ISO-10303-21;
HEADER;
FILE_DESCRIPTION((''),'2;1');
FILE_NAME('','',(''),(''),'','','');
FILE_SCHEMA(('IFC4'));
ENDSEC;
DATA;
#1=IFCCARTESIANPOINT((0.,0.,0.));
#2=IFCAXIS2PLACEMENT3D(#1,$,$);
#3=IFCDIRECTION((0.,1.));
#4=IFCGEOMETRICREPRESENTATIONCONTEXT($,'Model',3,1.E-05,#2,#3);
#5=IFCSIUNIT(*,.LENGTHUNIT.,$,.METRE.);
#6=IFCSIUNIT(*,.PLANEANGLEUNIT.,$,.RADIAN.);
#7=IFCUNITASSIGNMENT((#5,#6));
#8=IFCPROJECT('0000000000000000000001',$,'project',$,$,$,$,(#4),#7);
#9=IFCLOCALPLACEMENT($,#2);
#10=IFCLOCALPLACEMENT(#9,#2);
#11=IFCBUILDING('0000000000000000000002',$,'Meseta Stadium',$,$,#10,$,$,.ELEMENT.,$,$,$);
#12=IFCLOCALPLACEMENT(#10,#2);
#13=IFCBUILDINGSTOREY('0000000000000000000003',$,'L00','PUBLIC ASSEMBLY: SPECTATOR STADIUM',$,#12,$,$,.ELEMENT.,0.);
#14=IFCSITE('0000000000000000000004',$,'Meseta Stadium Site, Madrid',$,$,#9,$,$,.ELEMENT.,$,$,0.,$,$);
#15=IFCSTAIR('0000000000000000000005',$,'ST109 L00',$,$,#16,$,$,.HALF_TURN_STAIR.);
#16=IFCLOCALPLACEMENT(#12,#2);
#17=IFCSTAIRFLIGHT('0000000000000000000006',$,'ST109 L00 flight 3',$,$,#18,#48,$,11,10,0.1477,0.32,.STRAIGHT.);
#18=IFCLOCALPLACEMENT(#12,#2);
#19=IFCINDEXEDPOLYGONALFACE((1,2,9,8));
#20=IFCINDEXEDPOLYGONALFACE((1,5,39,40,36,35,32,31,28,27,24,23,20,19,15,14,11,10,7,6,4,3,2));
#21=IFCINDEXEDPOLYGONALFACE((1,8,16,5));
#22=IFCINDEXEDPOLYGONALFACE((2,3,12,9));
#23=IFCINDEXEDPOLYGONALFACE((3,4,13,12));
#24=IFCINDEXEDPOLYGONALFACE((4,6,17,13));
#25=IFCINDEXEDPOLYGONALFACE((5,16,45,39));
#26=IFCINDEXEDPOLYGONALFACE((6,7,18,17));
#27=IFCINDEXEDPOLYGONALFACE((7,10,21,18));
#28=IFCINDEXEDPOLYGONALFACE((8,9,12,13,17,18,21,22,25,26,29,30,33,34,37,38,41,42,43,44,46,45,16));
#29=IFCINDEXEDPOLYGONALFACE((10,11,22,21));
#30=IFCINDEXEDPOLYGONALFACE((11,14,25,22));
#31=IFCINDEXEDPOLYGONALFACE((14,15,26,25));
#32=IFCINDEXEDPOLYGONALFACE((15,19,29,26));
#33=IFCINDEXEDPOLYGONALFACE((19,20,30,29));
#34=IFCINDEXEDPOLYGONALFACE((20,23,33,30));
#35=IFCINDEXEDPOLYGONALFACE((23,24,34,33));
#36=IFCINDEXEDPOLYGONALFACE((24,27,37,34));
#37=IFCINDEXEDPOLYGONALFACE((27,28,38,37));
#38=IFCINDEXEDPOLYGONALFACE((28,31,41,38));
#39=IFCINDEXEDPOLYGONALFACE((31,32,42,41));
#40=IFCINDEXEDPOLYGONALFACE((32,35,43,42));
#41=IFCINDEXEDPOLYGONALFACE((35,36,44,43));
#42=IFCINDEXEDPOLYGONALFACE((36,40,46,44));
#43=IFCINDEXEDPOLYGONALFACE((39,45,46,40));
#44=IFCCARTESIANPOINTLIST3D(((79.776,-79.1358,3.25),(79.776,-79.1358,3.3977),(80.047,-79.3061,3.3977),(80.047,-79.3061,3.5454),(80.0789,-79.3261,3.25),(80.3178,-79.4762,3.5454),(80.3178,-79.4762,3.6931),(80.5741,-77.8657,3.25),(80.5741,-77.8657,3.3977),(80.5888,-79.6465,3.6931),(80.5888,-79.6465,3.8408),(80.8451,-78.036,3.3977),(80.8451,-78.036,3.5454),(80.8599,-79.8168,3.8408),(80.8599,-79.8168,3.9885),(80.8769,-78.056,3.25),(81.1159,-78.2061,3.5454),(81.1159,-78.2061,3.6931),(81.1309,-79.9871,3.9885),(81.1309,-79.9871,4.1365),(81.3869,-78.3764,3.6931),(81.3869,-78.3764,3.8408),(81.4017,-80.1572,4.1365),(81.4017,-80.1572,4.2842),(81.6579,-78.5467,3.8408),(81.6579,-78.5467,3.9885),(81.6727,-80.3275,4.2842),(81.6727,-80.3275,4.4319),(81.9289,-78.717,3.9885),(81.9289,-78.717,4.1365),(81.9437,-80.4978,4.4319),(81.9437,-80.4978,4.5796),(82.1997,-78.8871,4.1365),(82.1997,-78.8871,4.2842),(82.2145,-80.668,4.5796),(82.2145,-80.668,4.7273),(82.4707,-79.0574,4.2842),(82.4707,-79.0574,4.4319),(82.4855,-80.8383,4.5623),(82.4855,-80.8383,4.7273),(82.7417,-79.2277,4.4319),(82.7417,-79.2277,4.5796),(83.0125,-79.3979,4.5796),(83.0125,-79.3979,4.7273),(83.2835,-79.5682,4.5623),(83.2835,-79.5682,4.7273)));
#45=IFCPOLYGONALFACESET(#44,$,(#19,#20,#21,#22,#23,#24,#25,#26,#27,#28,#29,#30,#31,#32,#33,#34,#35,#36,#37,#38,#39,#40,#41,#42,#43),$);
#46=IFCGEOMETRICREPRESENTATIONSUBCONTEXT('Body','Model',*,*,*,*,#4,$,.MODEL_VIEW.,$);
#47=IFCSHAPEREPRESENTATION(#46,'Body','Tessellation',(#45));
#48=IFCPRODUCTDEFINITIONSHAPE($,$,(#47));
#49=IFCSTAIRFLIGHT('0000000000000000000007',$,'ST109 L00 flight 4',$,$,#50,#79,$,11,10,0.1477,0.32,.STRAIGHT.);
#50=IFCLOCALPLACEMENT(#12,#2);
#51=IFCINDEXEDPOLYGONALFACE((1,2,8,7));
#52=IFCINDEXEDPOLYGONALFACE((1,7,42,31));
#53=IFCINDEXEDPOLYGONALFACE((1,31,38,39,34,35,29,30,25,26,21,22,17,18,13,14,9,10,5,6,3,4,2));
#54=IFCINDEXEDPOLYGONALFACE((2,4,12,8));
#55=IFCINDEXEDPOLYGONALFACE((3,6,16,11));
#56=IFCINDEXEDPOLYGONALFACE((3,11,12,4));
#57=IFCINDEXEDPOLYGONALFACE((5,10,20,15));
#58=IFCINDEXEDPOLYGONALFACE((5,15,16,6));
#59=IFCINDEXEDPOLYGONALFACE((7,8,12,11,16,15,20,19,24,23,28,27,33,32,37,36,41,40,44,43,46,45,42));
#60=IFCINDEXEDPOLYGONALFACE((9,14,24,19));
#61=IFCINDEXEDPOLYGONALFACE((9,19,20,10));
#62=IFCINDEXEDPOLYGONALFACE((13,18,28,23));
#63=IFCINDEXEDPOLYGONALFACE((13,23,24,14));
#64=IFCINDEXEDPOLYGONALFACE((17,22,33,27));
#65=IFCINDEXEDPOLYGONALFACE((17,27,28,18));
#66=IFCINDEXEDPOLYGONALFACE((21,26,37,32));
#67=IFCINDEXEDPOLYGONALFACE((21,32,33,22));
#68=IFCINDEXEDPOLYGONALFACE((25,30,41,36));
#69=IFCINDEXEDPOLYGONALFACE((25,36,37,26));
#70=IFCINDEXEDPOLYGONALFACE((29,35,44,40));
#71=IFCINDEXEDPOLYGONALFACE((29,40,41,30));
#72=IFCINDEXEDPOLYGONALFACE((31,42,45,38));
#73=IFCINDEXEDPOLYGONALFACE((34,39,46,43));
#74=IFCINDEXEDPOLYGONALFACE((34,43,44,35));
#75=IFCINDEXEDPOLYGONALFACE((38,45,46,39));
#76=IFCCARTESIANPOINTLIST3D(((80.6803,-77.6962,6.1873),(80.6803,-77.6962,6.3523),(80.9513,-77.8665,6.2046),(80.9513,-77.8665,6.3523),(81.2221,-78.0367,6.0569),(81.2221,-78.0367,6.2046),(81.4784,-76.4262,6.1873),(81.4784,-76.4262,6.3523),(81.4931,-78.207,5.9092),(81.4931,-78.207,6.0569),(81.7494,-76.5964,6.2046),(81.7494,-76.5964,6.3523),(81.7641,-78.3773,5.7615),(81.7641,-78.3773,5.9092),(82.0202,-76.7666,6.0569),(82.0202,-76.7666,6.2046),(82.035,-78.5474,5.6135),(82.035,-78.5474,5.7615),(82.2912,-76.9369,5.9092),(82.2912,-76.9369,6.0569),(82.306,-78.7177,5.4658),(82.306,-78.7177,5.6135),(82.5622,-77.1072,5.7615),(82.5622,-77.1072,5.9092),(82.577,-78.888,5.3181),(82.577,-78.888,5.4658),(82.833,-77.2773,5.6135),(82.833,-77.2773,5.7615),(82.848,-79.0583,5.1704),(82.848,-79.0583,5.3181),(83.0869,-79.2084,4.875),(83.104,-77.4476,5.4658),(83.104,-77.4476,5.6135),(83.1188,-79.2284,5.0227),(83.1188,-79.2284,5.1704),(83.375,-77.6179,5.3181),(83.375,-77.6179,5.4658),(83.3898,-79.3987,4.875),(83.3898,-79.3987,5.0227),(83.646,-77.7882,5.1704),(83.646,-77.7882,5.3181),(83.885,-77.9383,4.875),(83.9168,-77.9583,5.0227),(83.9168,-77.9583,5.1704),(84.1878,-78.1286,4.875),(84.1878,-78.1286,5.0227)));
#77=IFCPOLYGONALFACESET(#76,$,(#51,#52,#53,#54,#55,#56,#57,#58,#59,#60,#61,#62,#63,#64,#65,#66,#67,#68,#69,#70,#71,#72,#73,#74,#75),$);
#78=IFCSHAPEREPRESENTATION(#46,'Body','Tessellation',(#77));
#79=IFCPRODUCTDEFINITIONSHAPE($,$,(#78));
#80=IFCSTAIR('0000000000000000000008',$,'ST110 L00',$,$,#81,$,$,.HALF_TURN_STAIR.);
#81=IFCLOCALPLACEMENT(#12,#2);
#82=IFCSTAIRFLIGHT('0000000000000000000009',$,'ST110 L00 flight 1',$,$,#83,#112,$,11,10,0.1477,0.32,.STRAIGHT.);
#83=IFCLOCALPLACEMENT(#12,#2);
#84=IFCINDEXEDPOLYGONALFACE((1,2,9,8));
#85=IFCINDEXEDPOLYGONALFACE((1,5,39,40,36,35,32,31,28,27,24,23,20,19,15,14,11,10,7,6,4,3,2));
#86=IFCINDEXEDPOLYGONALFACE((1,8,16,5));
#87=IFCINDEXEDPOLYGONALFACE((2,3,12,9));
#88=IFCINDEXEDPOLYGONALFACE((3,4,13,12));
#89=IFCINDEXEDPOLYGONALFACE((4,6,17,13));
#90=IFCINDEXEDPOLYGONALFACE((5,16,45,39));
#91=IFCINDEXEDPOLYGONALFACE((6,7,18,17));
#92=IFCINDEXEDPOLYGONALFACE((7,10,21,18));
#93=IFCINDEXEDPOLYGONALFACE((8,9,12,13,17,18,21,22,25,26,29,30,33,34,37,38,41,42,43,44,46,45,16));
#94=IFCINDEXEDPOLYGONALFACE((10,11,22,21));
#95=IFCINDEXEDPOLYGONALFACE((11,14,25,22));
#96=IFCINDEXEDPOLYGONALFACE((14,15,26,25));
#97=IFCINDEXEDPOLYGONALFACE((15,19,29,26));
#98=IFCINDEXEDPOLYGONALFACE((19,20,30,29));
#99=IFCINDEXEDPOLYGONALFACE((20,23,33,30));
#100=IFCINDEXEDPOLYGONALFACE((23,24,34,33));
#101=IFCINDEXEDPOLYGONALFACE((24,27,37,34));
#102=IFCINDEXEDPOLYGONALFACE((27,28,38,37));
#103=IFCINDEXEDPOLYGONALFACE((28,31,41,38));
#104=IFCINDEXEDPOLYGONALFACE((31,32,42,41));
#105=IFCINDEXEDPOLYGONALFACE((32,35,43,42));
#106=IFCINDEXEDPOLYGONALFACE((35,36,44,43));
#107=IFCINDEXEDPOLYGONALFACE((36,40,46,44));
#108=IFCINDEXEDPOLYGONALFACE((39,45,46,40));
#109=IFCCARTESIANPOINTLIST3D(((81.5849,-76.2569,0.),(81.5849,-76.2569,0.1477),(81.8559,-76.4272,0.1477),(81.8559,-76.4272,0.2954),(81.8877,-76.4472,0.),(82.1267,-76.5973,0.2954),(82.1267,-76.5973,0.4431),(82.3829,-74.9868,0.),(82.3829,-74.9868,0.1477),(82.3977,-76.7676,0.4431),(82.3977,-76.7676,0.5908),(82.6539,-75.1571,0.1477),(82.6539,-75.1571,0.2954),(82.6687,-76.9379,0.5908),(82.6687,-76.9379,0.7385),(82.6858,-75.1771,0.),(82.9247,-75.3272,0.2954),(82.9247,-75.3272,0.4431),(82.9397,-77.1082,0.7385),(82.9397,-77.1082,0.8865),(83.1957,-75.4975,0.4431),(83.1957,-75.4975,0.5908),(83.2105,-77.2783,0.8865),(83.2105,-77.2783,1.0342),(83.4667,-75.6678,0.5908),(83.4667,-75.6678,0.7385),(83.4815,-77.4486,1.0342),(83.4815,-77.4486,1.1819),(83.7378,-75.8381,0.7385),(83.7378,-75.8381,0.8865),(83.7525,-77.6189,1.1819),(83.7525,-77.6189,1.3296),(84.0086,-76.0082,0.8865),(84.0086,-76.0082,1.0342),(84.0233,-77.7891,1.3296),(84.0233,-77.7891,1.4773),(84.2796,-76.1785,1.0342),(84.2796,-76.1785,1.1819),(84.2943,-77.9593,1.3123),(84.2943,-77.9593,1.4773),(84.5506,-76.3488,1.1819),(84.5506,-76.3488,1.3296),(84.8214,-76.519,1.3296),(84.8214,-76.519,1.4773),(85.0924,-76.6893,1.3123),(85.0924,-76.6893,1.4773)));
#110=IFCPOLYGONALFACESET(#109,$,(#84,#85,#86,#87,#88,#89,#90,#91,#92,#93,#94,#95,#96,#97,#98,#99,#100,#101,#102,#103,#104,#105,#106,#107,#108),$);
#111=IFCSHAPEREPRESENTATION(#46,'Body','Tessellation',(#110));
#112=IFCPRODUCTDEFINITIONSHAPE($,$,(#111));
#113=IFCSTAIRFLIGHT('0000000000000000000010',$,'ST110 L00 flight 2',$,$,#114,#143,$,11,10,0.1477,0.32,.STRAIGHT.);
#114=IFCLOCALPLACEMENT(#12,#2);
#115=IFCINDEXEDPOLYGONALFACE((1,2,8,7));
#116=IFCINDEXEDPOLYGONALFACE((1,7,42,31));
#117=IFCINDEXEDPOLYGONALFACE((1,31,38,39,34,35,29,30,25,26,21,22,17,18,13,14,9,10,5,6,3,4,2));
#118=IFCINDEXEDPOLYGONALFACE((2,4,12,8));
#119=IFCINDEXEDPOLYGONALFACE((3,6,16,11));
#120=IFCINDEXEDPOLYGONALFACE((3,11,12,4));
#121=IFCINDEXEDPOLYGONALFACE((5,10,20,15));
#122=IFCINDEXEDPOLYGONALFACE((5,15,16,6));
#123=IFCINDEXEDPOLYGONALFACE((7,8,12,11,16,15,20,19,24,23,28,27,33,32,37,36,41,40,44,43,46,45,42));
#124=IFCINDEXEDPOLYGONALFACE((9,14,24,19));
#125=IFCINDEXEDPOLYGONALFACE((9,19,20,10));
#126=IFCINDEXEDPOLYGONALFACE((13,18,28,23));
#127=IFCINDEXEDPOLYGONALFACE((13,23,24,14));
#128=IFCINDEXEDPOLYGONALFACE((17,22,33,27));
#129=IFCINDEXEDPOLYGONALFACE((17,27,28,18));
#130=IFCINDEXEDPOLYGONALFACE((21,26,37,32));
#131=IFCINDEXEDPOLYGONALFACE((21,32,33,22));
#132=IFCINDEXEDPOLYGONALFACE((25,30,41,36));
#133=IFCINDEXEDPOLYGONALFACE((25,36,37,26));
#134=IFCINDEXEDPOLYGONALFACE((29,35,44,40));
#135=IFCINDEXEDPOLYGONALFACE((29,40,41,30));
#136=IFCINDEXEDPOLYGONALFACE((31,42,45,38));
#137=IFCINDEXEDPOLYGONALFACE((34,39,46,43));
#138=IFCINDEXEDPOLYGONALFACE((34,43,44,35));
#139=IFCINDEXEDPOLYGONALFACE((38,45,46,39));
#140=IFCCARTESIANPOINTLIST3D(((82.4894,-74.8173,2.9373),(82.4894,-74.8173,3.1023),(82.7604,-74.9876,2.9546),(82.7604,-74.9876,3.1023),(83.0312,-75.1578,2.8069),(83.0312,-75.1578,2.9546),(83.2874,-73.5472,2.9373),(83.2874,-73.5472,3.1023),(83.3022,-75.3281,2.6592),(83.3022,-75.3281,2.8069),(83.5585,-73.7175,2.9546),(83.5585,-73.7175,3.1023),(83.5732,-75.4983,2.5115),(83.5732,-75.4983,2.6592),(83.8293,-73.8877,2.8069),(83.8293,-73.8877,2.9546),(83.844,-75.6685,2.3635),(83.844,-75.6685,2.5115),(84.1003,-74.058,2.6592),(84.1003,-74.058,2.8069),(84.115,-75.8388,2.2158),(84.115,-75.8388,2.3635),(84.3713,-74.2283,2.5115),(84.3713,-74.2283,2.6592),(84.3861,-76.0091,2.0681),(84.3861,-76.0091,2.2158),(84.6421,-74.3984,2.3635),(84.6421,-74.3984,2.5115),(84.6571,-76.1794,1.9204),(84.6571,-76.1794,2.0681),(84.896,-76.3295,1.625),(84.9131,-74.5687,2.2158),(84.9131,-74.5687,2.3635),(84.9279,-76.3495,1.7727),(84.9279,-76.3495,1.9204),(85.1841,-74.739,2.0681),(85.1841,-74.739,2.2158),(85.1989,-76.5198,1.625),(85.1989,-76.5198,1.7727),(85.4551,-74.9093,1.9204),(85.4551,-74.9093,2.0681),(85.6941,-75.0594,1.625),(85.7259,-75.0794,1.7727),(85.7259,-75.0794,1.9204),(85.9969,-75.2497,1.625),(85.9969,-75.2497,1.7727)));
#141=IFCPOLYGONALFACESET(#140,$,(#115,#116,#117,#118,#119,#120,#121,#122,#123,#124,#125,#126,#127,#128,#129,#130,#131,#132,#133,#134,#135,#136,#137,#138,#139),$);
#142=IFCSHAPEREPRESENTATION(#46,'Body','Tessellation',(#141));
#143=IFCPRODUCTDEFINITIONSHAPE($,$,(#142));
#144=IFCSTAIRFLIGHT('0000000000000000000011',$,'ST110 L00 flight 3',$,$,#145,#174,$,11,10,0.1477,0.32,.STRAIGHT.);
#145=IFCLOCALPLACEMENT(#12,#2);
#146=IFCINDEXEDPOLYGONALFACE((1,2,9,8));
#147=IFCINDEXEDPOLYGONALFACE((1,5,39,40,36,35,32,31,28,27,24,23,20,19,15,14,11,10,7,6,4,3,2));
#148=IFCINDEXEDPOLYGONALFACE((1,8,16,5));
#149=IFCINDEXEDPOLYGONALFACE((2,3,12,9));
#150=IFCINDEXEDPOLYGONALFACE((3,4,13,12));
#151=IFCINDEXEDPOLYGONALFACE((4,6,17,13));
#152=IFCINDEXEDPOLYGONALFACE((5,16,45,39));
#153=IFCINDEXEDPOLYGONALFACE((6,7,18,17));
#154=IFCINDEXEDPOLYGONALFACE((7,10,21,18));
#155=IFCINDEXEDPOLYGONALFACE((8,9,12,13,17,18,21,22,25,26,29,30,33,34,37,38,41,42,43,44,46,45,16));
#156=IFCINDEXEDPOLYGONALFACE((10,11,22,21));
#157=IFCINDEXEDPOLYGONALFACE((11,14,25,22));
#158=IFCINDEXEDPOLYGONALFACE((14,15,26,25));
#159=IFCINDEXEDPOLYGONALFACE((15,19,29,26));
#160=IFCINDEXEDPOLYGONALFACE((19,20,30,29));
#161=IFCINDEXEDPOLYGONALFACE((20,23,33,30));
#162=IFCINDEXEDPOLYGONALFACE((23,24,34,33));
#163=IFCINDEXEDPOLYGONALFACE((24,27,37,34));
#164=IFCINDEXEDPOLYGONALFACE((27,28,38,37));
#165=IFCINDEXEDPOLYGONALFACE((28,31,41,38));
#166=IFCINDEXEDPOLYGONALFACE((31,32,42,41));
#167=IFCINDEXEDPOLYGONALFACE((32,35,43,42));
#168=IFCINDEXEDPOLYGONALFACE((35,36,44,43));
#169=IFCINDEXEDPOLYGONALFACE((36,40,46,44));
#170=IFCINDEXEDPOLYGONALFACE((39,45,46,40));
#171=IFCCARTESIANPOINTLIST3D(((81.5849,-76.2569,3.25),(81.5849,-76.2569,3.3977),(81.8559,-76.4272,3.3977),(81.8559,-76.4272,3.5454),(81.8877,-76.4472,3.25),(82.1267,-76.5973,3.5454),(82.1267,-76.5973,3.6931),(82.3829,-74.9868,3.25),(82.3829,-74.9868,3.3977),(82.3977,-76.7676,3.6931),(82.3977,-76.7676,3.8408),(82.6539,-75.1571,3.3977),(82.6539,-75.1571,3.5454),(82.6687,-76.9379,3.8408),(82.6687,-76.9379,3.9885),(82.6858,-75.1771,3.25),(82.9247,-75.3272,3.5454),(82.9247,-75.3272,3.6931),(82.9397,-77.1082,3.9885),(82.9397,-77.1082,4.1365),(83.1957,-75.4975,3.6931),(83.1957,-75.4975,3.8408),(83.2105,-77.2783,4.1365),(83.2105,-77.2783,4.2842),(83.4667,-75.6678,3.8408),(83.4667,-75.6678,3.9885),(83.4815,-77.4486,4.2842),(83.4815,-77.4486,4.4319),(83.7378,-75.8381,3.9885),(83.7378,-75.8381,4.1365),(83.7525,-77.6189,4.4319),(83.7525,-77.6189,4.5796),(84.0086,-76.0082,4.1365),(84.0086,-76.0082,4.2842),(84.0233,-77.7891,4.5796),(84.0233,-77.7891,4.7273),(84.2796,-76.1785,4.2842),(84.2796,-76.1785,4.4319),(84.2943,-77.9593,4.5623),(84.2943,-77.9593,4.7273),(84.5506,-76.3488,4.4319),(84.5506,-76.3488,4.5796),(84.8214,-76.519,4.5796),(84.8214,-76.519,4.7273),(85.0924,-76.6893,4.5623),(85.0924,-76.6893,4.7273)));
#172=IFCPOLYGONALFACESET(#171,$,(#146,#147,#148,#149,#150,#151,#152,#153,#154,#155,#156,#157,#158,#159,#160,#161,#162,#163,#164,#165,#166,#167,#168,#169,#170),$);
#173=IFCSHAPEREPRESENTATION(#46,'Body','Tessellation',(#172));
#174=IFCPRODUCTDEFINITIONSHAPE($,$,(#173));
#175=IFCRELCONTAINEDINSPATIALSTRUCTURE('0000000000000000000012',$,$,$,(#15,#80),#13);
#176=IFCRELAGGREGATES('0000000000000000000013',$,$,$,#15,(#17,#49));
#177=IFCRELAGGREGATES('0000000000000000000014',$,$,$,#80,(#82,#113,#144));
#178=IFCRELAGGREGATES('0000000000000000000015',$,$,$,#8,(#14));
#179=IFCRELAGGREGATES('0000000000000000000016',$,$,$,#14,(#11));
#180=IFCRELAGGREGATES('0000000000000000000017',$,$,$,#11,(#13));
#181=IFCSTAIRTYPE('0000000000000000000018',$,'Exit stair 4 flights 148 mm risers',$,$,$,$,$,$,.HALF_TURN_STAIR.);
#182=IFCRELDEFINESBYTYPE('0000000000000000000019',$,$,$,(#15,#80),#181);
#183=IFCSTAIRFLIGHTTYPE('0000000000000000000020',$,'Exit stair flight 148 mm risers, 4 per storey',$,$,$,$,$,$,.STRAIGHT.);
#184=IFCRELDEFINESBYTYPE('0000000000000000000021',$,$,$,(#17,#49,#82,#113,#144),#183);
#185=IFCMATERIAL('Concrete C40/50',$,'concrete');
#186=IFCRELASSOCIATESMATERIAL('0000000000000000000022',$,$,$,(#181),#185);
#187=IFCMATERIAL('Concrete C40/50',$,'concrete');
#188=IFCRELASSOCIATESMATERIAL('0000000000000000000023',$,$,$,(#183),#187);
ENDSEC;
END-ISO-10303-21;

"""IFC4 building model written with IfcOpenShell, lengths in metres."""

from ifc_helpers import new_model, si_unit, direction, frame, origin, place, context, subcontext, project, spatial, polyline, outline, extrude, material, type_object, element, aggregate, save


model = new_model("IFC4")

# Units and contexts
model_context = context("Model", 3, precision=1e-05, world=origin(), true_north=direction((0.0, 1.0)))
body_context = subcontext(model_context, "Body", "Model", "MODEL_VIEW")
ifc_project = project(units=[si_unit("LENGTHUNIT", "METRE"), si_unit("PLANEANGLEUNIT", "RADIAN")], contexts=[model_context])

# Site, building, storey
site_placement = place(None, origin())
site = spatial("IfcSite", under=ifc_project, at=site_placement, Name="Meseta Stadium Site, Madrid", CompositionType="ELEMENT", RefElevation=0.0)
building_placement = place(site_placement, origin())
building = spatial("IfcBuilding", under=site, at=building_placement, Name="Meseta Stadium", CompositionType="ELEMENT")
storey_placement = place(building_placement, origin())
storey = spatial("IfcBuildingStorey", under=building, at=storey_placement, Name="L00", Description="PUBLIC ASSEMBLY: SPECTATOR STADIUM", CompositionType="ELEMENT", Elevation=0.0)

# Stairs, stair flights
ifc_material_1 = material(Name="Concrete C40/50", Category="concrete")
stair_type = type_object("IfcStairType", Name="Exit stair 4 flights 148 mm risers", PredefinedType="HALF_TURN_STAIR", material=ifc_material_1)
stair_1_placement = place(storey_placement, origin())
stair_1 = element("IfcStair", 1, at=stair_1_placement, inside=storey, type_object=stair_type, Name="ST109 L00", PredefinedType="HALF_TURN_STAIR")
ifc_material_2 = material(Name="Concrete C40/50", Category="concrete")
stair_flight_type = type_object("IfcStairFlightType", Name="Exit stair flight 148 mm risers, 4 per storey", PredefinedType="STRAIGHT", material=ifc_material_2)
stair_flight_1_placement = place(storey_placement, frame((80.175, -78.5007, 3.25), z_axis=(0.0, 0.0, 1.0), x_axis=(0.846724, -0.532032, 0.0)))
stair_flight_1 = element("IfcStairFlight", 2, at=stair_flight_1_placement, type_object=stair_flight_type, Name="ST109 L00 flight 3", NumberOfRisers=11, NumberOfTreads=10, PredefinedType="STRAIGHT", RiserHeight=0.1477, TreadLength=0.32, context=body_context, shape_type="SweptSolid", body=[
    extrude(outline(polyline([(0.0, 0.0), (0.0, 0.1477), (0.3201, 0.1477), (0.3201, 0.2954), (0.6399, 0.2954), (0.6399, 0.4431), (0.96, 0.4431), (0.96, 0.5908), (1.28, 0.5908), (1.28, 0.7385), (1.6001, 0.7385), (1.6001, 0.8865), (1.9199, 0.8865), (1.9199, 1.0342), (2.24, 1.0342), (2.24, 1.1819), (2.5601, 1.1819), (2.5601, 1.3296), (2.8799, 1.3296), (2.8799, 1.4773), (3.2, 1.4773), (3.2, 1.3123), (0.3577, 0.0), (0.0, 0.0)])), frame((0.0, 0.75, 0.0), z_axis=(0.0, -1.0, 0.0), x_axis=(1.0, 0.0, 0.0)), (0.0, 0.0, 1.0), 1.5),
])
stair_flight_2_placement = place(storey_placement, frame((83.7888, -78.7637, 4.875), z_axis=(0.0, 0.0, 1.0), x_axis=(-0.846724, 0.532032, 0.0)))
stair_flight_2 = element("IfcStairFlight", 3, at=stair_flight_2_placement, type_object=stair_flight_type, Name="ST109 L00 flight 4", NumberOfRisers=11, NumberOfTreads=10, PredefinedType="STRAIGHT", RiserHeight=0.1477, TreadLength=0.32, context=body_context, shape_type="SweptSolid", body=[
    extrude(outline(polyline([(0.0, 0.0), (0.0, 0.1477), (0.3201, 0.1477), (0.3201, 0.2954), (0.6399, 0.2954), (0.6399, 0.4431), (0.96, 0.4431), (0.96, 0.5908), (1.28, 0.5908), (1.28, 0.7385), (1.6001, 0.7385), (1.6001, 0.8865), (1.9199, 0.8865), (1.9199, 1.0342), (2.24, 1.0342), (2.24, 1.1819), (2.5601, 1.1819), (2.5601, 1.3296), (2.8799, 1.3296), (2.8799, 1.4773), (3.2, 1.4773), (3.2, 1.3123), (0.3577, 0.0), (0.0, 0.0)])), frame((0.0, 0.75, 0.0), z_axis=(0.0, -1.0, 0.0), x_axis=(1.0, 0.0, 0.0)), (0.0, 0.0, 1.0), 1.5),
])
aggregate(stair_1, [stair_flight_1, stair_flight_2])
stair_2_placement = place(storey_placement, origin())
stair_2 = element("IfcStair", 4, at=stair_2_placement, inside=storey, type_object=stair_type, Name="ST110 L00", PredefinedType="HALF_TURN_STAIR")
stair_flight_3_placement = place(storey_placement, frame((81.9839, -75.6218, 0.0), z_axis=(0.0, 0.0, 1.0), x_axis=(0.846724, -0.532032, 0.0)))
stair_flight_3 = element("IfcStairFlight", 5, at=stair_flight_3_placement, type_object=stair_flight_type, Name="ST110 L00 flight 1", NumberOfRisers=11, NumberOfTreads=10, PredefinedType="STRAIGHT", RiserHeight=0.1477, TreadLength=0.32, context=body_context, shape_type="SweptSolid", body=[
    extrude(outline(polyline([(0.0, 0.0), (0.0, 0.1477), (0.3201, 0.1477), (0.3201, 0.2954), (0.6399, 0.2954), (0.6399, 0.4431), (0.96, 0.4431), (0.96, 0.5908), (1.28, 0.5908), (1.28, 0.7385), (1.6001, 0.7385), (1.6001, 0.8865), (1.9199, 0.8865), (1.9199, 1.0342), (2.24, 1.0342), (2.24, 1.1819), (2.5601, 1.1819), (2.5601, 1.3296), (2.8799, 1.3296), (2.8799, 1.4773), (3.2, 1.4773), (3.2, 1.3123), (0.3577, 0.0), (0.0, 0.0)])), frame((0.0, 0.75, 0.0), z_axis=(0.0, -1.0, 0.0), x_axis=(1.0, 0.0, 0.0)), (0.0, 0.0, 1.0), 1.5),
])
stair_flight_4_placement = place(storey_placement, frame((85.5979, -75.8848, 1.625), z_axis=(0.0, 0.0, 1.0), x_axis=(-0.846724, 0.532032, 0.0)))
stair_flight_4 = element("IfcStairFlight", 6, at=stair_flight_4_placement, type_object=stair_flight_type, Name="ST110 L00 flight 2", NumberOfRisers=11, NumberOfTreads=10, PredefinedType="STRAIGHT", RiserHeight=0.1477, TreadLength=0.32, context=body_context, shape_type="SweptSolid", body=[
    extrude(outline(polyline([(0.0, 0.0), (0.0, 0.1477), (0.3201, 0.1477), (0.3201, 0.2954), (0.6399, 0.2954), (0.6399, 0.4431), (0.96, 0.4431), (0.96, 0.5908), (1.28, 0.5908), (1.28, 0.7385), (1.6001, 0.7385), (1.6001, 0.8865), (1.9199, 0.8865), (1.9199, 1.0342), (2.24, 1.0342), (2.24, 1.1819), (2.5601, 1.1819), (2.5601, 1.3296), (2.8799, 1.3296), (2.8799, 1.4773), (3.2, 1.4773), (3.2, 1.3123), (0.3577, 0.0), (0.0, 0.0)])), frame((0.0, 0.75, 0.0), z_axis=(0.0, -1.0, 0.0), x_axis=(1.0, 0.0, 0.0)), (0.0, 0.0, 1.0), 1.5),
])
stair_flight_5_placement = place(storey_placement, frame((81.9839, -75.6218, 3.25), z_axis=(0.0, 0.0, 1.0), x_axis=(0.846724, -0.532032, 0.0)))
stair_flight_5 = element("IfcStairFlight", 7, at=stair_flight_5_placement, type_object=stair_flight_type, Name="ST110 L00 flight 3", NumberOfRisers=11, NumberOfTreads=10, PredefinedType="STRAIGHT", RiserHeight=0.1477, TreadLength=0.32, context=body_context, shape_type="SweptSolid", body=[
    extrude(outline(polyline([(0.0, 0.0), (0.0, 0.1477), (0.3201, 0.1477), (0.3201, 0.2954), (0.6399, 0.2954), (0.6399, 0.4431), (0.96, 0.4431), (0.96, 0.5908), (1.28, 0.5908), (1.28, 0.7385), (1.6001, 0.7385), (1.6001, 0.8865), (1.9199, 0.8865), (1.9199, 1.0342), (2.24, 1.0342), (2.24, 1.1819), (2.5601, 1.1819), (2.5601, 1.3296), (2.8799, 1.3296), (2.8799, 1.4773), (3.2, 1.4773), (3.2, 1.3123), (0.3577, 0.0), (0.0, 0.0)])), frame((0.0, 0.75, 0.0), z_axis=(0.0, -1.0, 0.0), x_axis=(1.0, 0.0, 0.0)), (0.0, 0.0, 1.0), 1.5),
])
aggregate(stair_2, [stair_flight_3, stair_flight_4, stair_flight_5])

save(model, "model.ifc")
